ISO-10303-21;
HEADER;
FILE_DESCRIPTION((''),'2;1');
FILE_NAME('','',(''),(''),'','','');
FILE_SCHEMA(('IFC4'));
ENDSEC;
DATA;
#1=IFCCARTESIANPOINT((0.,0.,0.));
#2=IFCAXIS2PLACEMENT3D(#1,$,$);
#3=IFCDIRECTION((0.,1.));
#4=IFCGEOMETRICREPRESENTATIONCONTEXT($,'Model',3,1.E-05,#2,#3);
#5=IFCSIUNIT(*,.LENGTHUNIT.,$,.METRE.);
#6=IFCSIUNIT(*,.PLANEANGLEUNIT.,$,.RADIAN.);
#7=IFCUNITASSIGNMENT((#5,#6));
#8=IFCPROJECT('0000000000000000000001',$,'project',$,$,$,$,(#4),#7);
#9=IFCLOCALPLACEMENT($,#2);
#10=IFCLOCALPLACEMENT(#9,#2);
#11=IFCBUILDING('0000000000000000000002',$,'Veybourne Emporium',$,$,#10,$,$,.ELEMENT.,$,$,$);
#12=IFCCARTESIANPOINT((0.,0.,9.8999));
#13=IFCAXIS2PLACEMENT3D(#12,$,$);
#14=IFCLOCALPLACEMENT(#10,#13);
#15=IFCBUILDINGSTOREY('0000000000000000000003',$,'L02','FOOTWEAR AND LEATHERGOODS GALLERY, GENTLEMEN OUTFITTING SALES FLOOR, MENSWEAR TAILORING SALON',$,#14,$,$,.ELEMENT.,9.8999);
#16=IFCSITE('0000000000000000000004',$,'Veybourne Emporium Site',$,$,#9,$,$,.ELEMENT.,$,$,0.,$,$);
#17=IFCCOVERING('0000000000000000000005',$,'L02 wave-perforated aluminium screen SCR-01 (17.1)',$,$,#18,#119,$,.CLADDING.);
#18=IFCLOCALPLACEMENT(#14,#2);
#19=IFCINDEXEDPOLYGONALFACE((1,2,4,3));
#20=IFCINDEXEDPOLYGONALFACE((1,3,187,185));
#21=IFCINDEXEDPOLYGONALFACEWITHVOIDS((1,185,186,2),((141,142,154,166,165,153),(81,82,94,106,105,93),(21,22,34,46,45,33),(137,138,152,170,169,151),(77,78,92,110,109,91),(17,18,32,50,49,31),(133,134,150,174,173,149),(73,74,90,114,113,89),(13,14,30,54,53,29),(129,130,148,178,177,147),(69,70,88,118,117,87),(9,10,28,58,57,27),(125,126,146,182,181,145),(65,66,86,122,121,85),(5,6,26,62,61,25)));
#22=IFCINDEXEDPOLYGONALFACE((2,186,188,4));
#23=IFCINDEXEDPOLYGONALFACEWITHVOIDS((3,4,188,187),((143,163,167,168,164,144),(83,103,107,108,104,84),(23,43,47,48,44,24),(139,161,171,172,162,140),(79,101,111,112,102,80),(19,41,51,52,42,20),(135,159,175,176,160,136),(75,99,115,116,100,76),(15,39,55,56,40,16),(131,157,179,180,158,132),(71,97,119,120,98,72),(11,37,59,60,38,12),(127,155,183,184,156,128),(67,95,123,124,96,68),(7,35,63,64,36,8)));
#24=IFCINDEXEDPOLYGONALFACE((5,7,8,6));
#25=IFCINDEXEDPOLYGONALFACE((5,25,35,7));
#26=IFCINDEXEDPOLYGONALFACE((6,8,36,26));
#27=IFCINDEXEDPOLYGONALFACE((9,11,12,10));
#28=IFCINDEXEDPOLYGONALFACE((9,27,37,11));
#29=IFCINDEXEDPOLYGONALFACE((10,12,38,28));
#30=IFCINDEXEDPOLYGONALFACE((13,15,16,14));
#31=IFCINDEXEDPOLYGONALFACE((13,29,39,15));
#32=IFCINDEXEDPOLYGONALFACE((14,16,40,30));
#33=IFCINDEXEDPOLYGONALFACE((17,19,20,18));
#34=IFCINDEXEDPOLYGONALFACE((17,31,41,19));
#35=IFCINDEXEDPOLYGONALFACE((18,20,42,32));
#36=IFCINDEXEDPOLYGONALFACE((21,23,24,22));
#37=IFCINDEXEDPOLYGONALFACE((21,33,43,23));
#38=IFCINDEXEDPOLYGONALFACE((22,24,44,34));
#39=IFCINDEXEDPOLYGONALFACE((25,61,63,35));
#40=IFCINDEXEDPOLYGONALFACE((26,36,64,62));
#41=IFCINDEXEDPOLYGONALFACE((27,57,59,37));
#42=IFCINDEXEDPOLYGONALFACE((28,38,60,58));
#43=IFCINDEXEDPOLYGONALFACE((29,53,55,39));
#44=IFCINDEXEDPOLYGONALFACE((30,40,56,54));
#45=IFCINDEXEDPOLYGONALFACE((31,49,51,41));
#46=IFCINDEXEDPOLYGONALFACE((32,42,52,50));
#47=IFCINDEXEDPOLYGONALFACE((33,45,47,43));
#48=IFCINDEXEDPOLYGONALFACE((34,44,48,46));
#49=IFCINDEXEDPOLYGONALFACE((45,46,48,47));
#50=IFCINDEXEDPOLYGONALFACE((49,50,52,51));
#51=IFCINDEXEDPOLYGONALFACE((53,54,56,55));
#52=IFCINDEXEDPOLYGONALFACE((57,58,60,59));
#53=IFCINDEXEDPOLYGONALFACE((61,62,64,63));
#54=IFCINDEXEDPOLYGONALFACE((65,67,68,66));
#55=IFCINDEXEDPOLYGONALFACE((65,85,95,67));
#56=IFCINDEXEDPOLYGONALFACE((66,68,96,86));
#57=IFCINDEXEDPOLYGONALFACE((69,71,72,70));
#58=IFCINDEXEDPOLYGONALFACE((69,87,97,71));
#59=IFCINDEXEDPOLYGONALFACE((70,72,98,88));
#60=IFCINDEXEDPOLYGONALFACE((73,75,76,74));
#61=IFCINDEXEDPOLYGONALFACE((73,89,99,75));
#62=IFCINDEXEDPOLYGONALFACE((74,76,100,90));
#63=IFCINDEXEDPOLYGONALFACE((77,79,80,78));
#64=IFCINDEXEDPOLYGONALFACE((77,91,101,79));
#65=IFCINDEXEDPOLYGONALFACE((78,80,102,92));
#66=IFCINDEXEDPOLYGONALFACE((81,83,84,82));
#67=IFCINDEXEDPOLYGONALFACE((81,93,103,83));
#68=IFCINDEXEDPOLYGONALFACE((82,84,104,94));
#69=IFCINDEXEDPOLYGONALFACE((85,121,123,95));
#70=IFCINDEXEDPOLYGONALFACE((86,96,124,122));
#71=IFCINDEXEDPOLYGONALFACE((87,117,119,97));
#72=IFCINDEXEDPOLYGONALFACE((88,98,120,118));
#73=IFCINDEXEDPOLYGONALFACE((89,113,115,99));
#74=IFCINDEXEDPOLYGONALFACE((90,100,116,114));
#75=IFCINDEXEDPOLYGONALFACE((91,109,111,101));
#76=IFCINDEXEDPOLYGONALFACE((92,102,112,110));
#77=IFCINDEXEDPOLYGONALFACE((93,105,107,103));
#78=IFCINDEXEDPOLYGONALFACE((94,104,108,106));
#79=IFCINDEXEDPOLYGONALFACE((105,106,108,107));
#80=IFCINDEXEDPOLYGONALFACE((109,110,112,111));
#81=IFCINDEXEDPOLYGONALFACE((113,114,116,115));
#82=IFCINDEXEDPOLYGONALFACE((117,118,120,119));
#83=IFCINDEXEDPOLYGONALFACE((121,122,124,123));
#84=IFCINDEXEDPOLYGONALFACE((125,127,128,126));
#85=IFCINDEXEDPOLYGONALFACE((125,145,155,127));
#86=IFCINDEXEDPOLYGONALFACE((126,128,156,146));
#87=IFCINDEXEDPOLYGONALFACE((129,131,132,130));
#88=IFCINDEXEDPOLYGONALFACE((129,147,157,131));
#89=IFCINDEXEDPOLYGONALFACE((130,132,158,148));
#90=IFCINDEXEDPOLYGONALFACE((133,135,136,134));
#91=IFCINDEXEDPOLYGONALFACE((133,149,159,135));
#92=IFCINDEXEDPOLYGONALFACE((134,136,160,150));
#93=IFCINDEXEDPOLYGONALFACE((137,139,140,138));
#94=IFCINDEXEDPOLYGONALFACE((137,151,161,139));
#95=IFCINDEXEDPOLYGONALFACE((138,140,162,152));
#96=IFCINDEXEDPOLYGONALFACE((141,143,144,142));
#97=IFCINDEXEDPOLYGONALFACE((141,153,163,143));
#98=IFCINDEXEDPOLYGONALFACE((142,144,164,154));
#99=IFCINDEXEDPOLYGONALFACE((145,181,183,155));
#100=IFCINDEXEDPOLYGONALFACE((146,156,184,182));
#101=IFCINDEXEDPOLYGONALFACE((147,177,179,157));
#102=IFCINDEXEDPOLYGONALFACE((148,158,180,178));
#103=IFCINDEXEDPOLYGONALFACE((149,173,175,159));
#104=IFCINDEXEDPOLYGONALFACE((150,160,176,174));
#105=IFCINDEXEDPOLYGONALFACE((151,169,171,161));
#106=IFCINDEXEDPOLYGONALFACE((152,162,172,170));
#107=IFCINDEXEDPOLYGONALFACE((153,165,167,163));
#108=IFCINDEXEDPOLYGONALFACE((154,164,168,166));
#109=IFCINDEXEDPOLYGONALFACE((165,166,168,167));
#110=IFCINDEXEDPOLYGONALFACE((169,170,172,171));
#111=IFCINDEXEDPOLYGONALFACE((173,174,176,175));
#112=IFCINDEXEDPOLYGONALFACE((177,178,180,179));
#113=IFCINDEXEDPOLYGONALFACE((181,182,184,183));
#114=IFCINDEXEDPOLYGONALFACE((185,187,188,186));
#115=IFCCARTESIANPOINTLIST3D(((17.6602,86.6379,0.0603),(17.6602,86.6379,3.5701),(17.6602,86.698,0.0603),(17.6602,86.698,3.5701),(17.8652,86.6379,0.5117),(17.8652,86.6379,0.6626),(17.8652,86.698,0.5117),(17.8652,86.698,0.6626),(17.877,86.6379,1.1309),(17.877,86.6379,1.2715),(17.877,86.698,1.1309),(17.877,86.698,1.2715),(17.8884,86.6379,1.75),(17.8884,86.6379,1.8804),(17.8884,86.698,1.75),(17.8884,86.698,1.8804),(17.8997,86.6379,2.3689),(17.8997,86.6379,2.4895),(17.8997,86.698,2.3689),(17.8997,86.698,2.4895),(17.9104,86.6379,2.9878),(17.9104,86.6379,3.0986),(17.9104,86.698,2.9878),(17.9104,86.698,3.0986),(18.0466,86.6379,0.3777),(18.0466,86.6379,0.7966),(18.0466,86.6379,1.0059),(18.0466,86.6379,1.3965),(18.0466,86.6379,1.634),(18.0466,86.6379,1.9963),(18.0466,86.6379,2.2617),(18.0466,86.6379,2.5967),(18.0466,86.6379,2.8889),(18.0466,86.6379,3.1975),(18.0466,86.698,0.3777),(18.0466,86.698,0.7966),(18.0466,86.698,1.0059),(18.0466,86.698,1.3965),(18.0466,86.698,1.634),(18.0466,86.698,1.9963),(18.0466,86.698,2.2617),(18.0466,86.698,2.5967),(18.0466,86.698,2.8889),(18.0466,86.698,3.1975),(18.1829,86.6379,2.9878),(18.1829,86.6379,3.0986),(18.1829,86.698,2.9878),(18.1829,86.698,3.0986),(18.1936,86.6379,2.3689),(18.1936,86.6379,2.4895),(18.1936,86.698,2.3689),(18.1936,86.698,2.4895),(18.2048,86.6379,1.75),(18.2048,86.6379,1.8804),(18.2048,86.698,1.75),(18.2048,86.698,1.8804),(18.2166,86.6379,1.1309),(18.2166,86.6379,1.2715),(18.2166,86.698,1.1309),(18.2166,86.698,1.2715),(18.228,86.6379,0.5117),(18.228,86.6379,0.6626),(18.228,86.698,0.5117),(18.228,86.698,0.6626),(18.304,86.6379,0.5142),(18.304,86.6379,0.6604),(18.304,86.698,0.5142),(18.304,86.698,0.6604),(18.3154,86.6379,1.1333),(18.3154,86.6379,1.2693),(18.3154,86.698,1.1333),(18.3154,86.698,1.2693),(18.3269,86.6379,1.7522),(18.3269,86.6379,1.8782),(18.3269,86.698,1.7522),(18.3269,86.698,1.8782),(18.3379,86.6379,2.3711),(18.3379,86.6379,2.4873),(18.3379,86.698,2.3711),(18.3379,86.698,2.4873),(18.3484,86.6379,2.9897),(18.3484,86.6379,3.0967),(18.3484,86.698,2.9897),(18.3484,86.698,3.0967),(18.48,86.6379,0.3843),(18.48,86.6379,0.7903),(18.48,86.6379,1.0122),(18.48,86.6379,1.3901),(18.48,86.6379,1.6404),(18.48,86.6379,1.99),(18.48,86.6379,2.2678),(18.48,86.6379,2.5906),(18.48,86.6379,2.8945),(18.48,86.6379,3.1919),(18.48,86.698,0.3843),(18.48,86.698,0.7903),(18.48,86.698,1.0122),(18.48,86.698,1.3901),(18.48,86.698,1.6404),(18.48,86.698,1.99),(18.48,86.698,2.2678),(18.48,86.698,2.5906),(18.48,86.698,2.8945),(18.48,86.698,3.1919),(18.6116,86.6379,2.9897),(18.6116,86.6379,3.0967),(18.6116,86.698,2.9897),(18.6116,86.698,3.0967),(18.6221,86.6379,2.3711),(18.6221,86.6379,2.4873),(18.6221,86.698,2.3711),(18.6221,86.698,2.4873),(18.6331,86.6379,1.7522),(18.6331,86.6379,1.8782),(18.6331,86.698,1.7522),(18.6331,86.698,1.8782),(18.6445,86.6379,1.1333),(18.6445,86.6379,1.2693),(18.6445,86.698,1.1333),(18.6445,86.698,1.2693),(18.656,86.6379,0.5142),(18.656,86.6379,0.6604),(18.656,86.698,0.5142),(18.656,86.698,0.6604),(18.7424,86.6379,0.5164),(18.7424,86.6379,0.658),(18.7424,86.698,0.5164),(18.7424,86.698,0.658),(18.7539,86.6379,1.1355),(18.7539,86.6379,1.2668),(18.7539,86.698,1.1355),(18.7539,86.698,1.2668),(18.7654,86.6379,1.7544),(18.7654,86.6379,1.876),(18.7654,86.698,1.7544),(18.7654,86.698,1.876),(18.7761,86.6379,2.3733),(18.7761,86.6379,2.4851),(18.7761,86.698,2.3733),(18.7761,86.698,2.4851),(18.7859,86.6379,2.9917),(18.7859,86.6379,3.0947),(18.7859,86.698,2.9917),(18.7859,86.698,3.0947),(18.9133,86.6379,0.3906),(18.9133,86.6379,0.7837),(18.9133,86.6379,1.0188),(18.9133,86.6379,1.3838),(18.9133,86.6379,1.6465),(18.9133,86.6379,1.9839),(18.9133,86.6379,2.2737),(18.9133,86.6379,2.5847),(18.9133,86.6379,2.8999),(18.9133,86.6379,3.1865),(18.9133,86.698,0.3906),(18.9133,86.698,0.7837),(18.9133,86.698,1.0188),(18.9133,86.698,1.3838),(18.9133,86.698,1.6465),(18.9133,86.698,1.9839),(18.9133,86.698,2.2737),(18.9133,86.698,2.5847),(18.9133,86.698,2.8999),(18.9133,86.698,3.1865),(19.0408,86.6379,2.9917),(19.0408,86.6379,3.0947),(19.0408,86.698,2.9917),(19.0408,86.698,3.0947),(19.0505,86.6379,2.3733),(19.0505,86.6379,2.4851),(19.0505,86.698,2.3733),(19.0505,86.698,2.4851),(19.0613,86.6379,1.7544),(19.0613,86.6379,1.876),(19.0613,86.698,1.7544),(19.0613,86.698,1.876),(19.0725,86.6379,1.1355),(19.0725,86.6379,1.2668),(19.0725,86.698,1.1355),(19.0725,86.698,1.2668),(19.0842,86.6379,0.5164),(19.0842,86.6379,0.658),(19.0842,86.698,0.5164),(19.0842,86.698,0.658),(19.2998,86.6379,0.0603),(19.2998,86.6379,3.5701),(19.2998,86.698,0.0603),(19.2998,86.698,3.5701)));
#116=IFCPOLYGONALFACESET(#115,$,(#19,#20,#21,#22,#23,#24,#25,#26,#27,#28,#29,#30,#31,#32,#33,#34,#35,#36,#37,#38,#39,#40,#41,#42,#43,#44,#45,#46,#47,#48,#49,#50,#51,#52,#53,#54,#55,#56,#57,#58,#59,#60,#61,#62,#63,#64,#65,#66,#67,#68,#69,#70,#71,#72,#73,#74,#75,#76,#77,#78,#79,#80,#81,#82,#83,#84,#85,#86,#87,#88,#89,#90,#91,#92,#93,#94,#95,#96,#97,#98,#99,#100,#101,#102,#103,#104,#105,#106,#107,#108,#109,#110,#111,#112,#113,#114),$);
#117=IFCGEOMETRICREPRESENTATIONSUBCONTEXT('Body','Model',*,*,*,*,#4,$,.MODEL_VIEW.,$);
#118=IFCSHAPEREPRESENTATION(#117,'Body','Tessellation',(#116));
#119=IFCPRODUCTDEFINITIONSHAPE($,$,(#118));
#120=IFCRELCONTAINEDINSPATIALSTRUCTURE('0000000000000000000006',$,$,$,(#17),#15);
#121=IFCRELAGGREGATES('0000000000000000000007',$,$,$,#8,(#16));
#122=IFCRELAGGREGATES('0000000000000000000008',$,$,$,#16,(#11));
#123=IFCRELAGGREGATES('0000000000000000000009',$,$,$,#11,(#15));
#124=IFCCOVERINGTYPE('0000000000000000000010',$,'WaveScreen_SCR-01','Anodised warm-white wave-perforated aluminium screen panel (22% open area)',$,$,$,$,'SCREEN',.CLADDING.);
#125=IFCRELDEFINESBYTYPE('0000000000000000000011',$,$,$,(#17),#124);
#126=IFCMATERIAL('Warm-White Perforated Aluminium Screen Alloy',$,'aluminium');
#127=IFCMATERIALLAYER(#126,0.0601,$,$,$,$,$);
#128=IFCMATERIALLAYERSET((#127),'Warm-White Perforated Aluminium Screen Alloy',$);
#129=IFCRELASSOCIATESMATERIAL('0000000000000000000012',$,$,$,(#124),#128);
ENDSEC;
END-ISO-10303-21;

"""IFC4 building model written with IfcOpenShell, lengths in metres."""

from ifc_helpers import new_model, si_unit, direction, frame, origin, place, context, subcontext, project, spatial, polyline, outline, extrude, material, layer, layer_set, type_object, element, save


model = new_model("IFC4")

# Units and contexts
model_context = context("Model", 3, precision=1e-05, world=origin(), true_north=direction((0.0, 1.0)))
body_context = subcontext(model_context, "Body", "Model", "MODEL_VIEW")
ifc_project = project(units=[si_unit("LENGTHUNIT", "METRE"), si_unit("PLANEANGLEUNIT", "RADIAN")], contexts=[model_context])

# Site, building, storey
site_placement = place(None, origin())
site = spatial("IfcSite", under=ifc_project, at=site_placement, Name="Veybourne Emporium Site", CompositionType="ELEMENT", RefElevation=0.0)
building_placement = place(site_placement, origin())
building = spatial("IfcBuilding", under=site, at=building_placement, Name="Veybourne Emporium", CompositionType="ELEMENT")
storey_placement = place(building_placement, frame((0.0, 0.0, 9.8999)))
storey = spatial("IfcBuildingStorey", under=building, at=storey_placement, Name="L02", Description="FOOTWEAR AND LEATHERGOODS GALLERY, GENTLEMEN OUTFITTING SALES FLOOR, MENSWEAR TAILORING SALON", CompositionType="ELEMENT", Elevation=9.8999)

# Covering
ifc_material_1 = material(Name="Warm-White Perforated Aluminium Screen Alloy", Category="aluminium")
ifc_layer_1 = layer(ifc_material_1, 0.0601)
ifc_layer_set_1 = layer_set([ifc_layer_1], Name="Warm-White Perforated Aluminium Screen Alloy")
covering_type = type_object("IfcCoveringType", Name="WaveScreen_SCR-01", Description="Anodised warm-white wave-perforated aluminium screen panel (22% open area)", ElementType="SCREEN", PredefinedType="CLADDING", material=ifc_layer_set_1)
covering_placement = place(storey_placement, frame((18.48, 86.698, 1.8152), z_axis=(0.0, -1.0, 0.0), x_axis=(1.0, 0.0, 0.0)))
element("IfcCovering", 1, at=covering_placement, inside=storey, type_object=covering_type, Name="L02 wave-perforated aluminium screen SCR-01 (17.1)", PredefinedType="CLADDING", context=body_context, shape_type="SweptSolid", body=[
    extrude(outline(polyline([(-0.8198, -1.7549), (0.8198, -1.7549), (0.8198, 1.7549), (-0.8198, 1.7549), (-0.8198, -1.7549)]), holes=[polyline([(-0.4333, -1.0186), (-0.252, -1.1526), (-0.252, -1.3035), (-0.4333, -1.4375), (-0.6147, -1.3035), (-0.6147, -1.1526), (-0.4333, -1.0186)]), polyline([(-0.4333, -0.4187), (-0.2634, -0.5437), (-0.2634, -0.6843), (-0.4333, -0.8093), (-0.603, -0.6843), (-0.603, -0.5437), (-0.4333, -0.4187)]), polyline([(-0.4333, 0.1812), (-0.2751, 0.0652), (-0.2751, -0.0652), (-0.4333, -0.1812), (-0.5916, -0.0652), (-0.5916, 0.0652), (-0.4333, 0.1812)]), polyline([(-0.4333, 0.7815), (-0.2864, 0.6743), (-0.2864, 0.5537), (-0.4333, 0.4465), (-0.5803, 0.5537), (-0.5803, 0.6743), (-0.4333, 0.7815)]), polyline([(-0.4333, 1.3823), (-0.2971, 1.2834), (-0.2971, 1.1726), (-0.4333, 1.0737), (-0.5696, 1.1726), (-0.5696, 1.2834), (-0.4333, 1.3823)]), polyline([(0.0, -1.0249), (0.176, -1.1548), (0.176, -1.301), (0.0, -1.4309), (-0.176, -1.301), (-0.176, -1.1548), (0.0, -1.0249)]), polyline([(0.0, -0.425), (0.1646, -0.5459), (0.1646, -0.6819), (0.0, -0.803), (-0.1646, -0.6819), (-0.1646, -0.5459), (0.0, -0.425)]), polyline([(0.0, 0.1748), (0.1531, 0.063), (0.1531, -0.063), (0.0, -0.1748), (-0.1531, -0.063), (-0.1531, 0.063), (0.0, 0.1748)]), polyline([(0.0, 0.7754), (0.1421, 0.6721), (0.1421, 0.5559), (0.0, 0.4526), (-0.1421, 0.5559), (-0.1421, 0.6721), (0.0, 0.7754)]), polyline([(0.0, 1.3767), (0.1316, 1.2815), (0.1316, 1.1746), (0.0, 1.0793), (-0.1316, 1.1746), (-0.1316, 1.2815), (0.0, 1.3767)]), polyline([(0.4333, -1.0315), (0.6042, -1.1572), (0.6042, -1.2988), (0.4333, -1.4246), (0.2625, -1.2988), (0.2625, -1.1572), (0.4333, -1.0315)]), polyline([(0.4333, -0.4314), (0.5925, -0.5483), (0.5925, -0.6797), (0.4333, -0.7964), (0.2739, -0.6797), (0.2739, -0.5483), (0.4333, -0.4314)]), polyline([(0.4333, 0.1687), (0.5813, 0.0608), (0.5813, -0.0608), (0.4333, -0.1687), (0.2854, -0.0608), (0.2854, 0.0608), (0.4333, 0.1687)]), polyline([(0.4333, 0.7695), (0.5706, 0.6699), (0.5706, 0.5581), (0.4333, 0.4585), (0.2961, 0.5581), (0.2961, 0.6699), (0.4333, 0.7695)]), polyline([(0.4333, 1.3713), (0.5608, 1.2795), (0.5608, 1.1765), (0.4333, 1.0847), (0.3059, 1.1765), (0.3059, 1.2795), (0.4333, 1.3713)])]), origin(), (0.0, 0.0, 1.0), 0.0601),
])

save(model, "model.ifc")
